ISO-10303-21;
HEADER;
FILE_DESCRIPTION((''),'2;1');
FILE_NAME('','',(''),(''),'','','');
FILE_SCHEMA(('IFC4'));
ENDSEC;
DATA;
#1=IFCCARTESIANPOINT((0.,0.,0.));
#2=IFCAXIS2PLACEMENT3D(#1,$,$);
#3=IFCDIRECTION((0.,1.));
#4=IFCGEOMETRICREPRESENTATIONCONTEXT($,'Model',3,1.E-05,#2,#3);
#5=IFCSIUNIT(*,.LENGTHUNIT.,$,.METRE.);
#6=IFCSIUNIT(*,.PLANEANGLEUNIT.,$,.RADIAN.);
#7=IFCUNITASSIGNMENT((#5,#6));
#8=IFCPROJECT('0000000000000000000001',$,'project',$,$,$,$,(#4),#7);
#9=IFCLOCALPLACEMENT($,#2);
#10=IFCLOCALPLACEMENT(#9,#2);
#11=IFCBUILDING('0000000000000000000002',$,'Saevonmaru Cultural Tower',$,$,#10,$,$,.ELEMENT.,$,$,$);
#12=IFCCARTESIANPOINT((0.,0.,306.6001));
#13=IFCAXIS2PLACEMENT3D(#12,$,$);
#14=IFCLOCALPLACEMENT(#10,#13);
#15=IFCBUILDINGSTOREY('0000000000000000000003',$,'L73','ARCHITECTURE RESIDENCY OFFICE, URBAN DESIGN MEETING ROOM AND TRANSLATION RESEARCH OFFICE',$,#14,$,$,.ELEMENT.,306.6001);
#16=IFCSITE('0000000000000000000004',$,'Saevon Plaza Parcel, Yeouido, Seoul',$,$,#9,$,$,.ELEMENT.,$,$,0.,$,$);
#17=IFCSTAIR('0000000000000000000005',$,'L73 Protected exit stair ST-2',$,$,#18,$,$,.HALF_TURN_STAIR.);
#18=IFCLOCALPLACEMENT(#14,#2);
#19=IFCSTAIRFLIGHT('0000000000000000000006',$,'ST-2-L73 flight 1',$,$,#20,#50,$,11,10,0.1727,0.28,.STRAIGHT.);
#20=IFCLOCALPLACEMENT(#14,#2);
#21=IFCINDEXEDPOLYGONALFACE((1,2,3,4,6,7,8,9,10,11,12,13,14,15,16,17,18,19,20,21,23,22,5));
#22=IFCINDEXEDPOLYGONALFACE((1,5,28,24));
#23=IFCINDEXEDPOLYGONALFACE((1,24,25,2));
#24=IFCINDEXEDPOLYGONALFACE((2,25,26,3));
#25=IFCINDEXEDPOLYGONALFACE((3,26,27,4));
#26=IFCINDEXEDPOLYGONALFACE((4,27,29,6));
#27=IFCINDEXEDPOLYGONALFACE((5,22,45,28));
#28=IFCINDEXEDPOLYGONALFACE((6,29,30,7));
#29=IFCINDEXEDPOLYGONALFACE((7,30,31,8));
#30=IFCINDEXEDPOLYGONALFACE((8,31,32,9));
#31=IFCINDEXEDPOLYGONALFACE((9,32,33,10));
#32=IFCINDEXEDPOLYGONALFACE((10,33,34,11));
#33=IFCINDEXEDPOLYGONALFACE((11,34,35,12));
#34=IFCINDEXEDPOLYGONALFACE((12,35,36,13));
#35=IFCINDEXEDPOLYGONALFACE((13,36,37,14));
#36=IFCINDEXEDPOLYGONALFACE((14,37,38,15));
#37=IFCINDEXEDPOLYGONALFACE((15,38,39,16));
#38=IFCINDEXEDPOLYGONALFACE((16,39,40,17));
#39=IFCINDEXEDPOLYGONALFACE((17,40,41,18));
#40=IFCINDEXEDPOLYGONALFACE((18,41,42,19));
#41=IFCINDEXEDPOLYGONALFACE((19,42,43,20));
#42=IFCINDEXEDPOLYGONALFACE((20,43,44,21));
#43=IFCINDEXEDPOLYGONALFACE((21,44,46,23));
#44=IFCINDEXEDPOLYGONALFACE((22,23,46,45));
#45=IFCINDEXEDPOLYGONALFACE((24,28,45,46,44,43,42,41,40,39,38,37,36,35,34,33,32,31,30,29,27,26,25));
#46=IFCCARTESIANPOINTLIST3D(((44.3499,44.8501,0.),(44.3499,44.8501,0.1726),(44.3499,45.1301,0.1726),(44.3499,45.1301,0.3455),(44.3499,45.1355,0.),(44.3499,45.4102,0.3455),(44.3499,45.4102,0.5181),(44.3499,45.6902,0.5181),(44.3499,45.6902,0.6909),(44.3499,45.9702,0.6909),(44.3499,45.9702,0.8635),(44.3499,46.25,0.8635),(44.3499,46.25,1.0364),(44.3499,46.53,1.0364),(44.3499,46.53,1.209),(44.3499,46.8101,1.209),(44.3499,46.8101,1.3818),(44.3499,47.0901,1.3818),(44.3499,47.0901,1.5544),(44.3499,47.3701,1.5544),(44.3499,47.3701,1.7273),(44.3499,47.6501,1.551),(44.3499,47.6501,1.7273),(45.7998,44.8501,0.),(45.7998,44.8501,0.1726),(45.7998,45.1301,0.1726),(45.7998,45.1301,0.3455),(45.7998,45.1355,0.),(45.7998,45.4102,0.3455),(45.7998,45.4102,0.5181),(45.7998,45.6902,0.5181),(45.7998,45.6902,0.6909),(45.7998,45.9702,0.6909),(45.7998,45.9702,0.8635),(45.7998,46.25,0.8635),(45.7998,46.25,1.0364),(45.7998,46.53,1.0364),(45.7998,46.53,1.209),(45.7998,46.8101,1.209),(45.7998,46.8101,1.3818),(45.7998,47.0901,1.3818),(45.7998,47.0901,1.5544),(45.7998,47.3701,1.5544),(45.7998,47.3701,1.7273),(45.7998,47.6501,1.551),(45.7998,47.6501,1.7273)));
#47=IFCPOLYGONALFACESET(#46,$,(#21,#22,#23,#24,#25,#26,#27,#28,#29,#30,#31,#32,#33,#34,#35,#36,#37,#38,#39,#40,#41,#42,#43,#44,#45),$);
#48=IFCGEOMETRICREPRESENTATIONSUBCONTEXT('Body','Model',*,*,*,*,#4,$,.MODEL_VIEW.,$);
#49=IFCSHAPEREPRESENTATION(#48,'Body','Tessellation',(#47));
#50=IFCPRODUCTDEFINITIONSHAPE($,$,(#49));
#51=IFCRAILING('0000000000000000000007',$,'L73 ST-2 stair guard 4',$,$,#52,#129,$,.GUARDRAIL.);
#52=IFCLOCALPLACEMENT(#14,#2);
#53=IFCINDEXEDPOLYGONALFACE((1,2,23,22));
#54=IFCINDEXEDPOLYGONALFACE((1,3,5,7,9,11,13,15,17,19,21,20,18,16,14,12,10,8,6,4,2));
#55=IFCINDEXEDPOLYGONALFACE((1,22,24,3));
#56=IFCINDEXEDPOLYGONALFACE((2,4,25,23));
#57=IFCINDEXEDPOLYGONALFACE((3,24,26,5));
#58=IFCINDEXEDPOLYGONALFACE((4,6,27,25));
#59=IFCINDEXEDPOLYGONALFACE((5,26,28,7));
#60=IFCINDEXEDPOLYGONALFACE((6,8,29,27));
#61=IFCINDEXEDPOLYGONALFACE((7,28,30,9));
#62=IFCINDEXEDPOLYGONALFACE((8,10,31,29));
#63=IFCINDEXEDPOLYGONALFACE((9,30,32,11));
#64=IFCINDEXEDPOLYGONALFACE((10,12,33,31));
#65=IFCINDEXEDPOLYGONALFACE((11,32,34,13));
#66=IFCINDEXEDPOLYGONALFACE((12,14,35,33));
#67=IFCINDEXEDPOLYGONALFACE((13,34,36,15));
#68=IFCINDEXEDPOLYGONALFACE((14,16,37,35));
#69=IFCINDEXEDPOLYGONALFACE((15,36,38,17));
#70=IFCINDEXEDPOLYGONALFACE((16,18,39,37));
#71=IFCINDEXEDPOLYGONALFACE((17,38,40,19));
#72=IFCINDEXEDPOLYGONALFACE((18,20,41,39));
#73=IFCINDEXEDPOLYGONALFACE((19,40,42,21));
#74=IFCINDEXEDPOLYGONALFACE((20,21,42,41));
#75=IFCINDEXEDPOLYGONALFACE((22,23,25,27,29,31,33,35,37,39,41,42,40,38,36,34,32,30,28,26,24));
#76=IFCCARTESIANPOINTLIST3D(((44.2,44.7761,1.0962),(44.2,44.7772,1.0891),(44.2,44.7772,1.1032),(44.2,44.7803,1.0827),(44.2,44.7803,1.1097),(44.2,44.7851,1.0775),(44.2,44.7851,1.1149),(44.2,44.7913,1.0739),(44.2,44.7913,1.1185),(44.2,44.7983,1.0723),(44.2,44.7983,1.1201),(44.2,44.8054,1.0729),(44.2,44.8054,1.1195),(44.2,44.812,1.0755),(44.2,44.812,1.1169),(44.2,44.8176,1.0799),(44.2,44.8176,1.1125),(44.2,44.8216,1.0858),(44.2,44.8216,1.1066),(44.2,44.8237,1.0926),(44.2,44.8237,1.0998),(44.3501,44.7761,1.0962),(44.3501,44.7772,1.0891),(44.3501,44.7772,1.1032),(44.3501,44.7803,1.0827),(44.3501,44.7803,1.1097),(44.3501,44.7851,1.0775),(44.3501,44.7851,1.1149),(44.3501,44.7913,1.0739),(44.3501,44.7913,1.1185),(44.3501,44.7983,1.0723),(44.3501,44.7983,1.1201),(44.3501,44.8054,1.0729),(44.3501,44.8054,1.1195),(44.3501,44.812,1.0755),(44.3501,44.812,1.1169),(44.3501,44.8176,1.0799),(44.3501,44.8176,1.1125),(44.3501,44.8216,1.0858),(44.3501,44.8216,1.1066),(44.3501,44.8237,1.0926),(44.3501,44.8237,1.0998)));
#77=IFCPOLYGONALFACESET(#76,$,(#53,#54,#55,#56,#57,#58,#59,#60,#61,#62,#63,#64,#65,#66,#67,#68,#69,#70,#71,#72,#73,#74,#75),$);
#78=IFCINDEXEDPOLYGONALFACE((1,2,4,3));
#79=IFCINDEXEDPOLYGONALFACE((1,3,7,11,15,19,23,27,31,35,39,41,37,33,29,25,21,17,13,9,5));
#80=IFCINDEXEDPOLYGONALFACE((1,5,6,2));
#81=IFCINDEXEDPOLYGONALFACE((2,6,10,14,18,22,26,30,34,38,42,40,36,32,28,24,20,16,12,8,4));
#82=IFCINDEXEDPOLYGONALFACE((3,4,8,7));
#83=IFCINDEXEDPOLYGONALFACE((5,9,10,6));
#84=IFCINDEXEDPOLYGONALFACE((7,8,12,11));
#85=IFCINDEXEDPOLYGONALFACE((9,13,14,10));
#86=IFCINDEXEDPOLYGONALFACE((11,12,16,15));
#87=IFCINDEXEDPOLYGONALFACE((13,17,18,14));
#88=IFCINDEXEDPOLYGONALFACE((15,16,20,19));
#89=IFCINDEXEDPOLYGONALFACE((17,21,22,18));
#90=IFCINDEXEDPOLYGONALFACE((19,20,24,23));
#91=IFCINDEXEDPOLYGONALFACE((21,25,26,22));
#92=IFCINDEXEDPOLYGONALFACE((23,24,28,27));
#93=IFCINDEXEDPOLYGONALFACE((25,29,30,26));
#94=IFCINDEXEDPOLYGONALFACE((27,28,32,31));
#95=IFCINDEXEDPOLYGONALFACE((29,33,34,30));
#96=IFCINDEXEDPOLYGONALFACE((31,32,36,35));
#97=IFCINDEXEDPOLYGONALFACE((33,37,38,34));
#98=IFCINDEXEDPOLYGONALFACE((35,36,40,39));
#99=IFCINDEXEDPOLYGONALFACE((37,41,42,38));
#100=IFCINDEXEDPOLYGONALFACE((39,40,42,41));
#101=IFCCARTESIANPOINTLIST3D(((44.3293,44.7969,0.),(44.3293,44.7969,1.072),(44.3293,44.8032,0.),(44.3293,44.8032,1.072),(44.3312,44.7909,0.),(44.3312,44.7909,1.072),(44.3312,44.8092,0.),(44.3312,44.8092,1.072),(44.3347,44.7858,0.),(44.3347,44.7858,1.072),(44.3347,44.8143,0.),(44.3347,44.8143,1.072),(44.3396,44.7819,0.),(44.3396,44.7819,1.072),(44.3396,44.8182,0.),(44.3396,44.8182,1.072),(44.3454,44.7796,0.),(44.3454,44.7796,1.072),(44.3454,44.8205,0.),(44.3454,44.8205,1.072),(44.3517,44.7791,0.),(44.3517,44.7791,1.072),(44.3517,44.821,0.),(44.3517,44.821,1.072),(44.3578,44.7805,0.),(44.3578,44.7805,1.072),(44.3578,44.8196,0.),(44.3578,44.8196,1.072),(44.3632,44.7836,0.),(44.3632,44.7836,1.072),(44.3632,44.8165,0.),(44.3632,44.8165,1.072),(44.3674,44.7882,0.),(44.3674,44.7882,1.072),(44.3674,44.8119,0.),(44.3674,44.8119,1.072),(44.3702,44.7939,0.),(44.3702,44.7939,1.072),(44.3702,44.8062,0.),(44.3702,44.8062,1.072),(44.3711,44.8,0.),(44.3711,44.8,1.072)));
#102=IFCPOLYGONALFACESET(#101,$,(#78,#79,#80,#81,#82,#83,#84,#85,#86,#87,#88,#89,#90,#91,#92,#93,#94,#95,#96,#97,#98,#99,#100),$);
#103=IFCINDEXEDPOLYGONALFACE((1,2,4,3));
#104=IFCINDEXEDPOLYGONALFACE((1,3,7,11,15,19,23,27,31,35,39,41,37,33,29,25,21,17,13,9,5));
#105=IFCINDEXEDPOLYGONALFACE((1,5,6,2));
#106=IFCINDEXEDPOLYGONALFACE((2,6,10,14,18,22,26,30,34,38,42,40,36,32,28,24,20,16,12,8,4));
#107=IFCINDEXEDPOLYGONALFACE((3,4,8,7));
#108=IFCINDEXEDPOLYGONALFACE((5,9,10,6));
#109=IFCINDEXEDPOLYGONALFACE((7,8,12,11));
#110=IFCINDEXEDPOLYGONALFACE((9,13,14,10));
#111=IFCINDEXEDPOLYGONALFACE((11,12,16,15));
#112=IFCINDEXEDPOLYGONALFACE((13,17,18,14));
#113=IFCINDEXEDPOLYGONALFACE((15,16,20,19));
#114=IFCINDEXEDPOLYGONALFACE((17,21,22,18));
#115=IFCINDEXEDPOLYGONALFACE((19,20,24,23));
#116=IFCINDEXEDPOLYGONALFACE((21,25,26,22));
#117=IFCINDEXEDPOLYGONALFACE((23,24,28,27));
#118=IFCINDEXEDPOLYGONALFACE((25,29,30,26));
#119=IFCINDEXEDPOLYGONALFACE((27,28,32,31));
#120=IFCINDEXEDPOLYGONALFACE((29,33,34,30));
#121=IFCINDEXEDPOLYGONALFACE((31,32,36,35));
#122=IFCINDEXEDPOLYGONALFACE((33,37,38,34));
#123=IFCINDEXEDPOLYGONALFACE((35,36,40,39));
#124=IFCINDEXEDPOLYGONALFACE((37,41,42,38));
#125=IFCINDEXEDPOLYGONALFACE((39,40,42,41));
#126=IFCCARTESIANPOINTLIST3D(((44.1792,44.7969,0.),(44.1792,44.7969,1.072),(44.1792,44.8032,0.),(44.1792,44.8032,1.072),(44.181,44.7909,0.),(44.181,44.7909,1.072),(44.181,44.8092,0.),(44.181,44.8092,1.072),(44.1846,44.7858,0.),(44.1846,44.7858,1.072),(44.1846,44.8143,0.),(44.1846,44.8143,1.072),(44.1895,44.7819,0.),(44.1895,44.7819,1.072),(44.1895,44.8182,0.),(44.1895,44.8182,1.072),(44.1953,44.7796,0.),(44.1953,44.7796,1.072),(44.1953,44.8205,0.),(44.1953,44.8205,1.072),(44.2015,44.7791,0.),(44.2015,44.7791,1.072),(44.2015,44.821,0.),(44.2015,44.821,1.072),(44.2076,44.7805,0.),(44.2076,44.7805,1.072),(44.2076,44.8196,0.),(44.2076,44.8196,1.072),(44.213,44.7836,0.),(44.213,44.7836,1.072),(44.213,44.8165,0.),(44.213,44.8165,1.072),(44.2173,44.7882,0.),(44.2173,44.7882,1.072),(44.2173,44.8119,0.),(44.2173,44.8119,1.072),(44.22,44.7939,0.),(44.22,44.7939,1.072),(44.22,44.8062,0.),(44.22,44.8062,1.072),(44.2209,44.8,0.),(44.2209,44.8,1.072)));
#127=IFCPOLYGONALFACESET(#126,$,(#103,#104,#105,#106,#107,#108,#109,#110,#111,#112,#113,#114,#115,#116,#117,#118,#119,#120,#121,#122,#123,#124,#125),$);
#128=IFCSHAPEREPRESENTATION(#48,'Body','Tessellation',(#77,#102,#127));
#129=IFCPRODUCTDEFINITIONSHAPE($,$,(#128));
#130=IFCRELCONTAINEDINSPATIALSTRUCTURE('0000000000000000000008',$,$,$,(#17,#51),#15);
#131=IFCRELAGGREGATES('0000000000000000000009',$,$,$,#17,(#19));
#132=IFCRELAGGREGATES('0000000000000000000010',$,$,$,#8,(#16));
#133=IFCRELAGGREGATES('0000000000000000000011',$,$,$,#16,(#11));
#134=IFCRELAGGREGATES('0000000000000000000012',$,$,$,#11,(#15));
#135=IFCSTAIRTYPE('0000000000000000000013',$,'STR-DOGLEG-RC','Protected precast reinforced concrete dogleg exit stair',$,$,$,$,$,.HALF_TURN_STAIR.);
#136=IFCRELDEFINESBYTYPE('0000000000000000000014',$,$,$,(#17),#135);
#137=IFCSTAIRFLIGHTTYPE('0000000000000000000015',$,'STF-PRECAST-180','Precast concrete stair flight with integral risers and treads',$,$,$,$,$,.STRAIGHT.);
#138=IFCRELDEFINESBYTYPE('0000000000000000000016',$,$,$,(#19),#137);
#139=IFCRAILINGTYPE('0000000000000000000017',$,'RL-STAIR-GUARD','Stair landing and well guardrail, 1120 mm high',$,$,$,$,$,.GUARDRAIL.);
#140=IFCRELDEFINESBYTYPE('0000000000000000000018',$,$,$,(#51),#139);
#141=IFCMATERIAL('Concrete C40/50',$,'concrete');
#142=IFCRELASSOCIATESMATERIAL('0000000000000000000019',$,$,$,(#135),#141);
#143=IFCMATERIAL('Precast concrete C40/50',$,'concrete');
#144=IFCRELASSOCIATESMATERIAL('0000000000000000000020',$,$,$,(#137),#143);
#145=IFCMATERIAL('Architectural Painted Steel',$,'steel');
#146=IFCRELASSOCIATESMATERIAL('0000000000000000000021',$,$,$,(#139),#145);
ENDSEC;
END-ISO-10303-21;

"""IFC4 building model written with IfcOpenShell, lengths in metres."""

from ifc_helpers import new_model, si_unit, direction, frame, origin, origin_2d, place, context, subcontext, project, spatial, polyline, circle, outline, extrude, material, type_object, element, aggregate, save


model = new_model("IFC4")

# Units and contexts
model_context = context("Model", 3, precision=1e-05, world=origin(), true_north=direction((0.0, 1.0)))
body_context = subcontext(model_context, "Body", "Model", "MODEL_VIEW")
ifc_project = project(units=[si_unit("LENGTHUNIT", "METRE"), si_unit("PLANEANGLEUNIT", "RADIAN")], contexts=[model_context])

# Site, building, storey
site_placement = place(None, origin())
site = spatial("IfcSite", under=ifc_project, at=site_placement, Name="Saevon Plaza Parcel, Yeouido, Seoul", CompositionType="ELEMENT", RefElevation=0.0)
building_placement = place(site_placement, origin())
building = spatial("IfcBuilding", under=site, at=building_placement, Name="Saevonmaru Cultural Tower", CompositionType="ELEMENT")
storey_placement = place(building_placement, frame((0.0, 0.0, 306.6001)))
storey = spatial("IfcBuildingStorey", under=building, at=storey_placement, Name="L73", Description="ARCHITECTURE RESIDENCY OFFICE, URBAN DESIGN MEETING ROOM AND TRANSLATION RESEARCH OFFICE", CompositionType="ELEMENT", Elevation=306.6001)

# Stair, stair flight
ifc_material_1 = material(Name="Concrete C40/50", Category="concrete")
stair_type = type_object("IfcStairType", Name="STR-DOGLEG-RC", Description="Protected precast reinforced concrete dogleg exit stair", PredefinedType="HALF_TURN_STAIR", material=ifc_material_1)
stair_placement = place(storey_placement, origin())
stair = element("IfcStair", 1, at=stair_placement, inside=storey, type_object=stair_type, Name="L73 Protected exit stair ST-2", PredefinedType="HALF_TURN_STAIR")
ifc_material_2 = material(Name="Precast concrete C40/50", Category="concrete")
stair_flight_type = type_object("IfcStairFlightType", Name="STF-PRECAST-180", Description="Precast concrete stair flight with integral risers and treads", PredefinedType="STRAIGHT", material=ifc_material_2)
stair_flight_placement = place(storey_placement, frame((45.075, 44.8501, 0.0), z_axis=(0.0, 0.0, 1.0), x_axis=(0.0, 1.0, 0.0)))
stair_flight = element("IfcStairFlight", 2, at=stair_flight_placement, type_object=stair_flight_type, Name="ST-2-L73 flight 1", NumberOfRisers=11, NumberOfTreads=10, PredefinedType="STRAIGHT", RiserHeight=0.1727, TreadLength=0.28, context=body_context, shape_type="SweptSolid", body=[
    extrude(outline(polyline([(0.0, 0.0), (0.0, 0.1726), (0.28, 0.1726), (0.28, 0.3455), (0.5601, 0.3455), (0.5601, 0.5181), (0.8401, 0.5181), (0.8401, 0.6909), (1.1201, 0.6909), (1.1201, 0.8635), (1.3999, 0.8635), (1.3999, 1.0364), (1.6799, 1.0364), (1.6799, 1.209), (1.96, 1.209), (1.96, 1.3818), (2.24, 1.3818), (2.24, 1.5544), (2.52, 1.5544), (2.52, 1.7273), (2.8, 1.7273), (2.8, 1.8999), (2.8, 1.551), (0.2854, 0.0), (0.0, 0.0)])), frame((0.0, 0.7251, 0.0), z_axis=(0.0, -1.0, 0.0), x_axis=(1.0, 0.0, 0.0)), (0.0, 0.0, 1.0), 1.45),
])
aggregate(stair, [stair_flight])

# Railing
ifc_material_3 = material(Name="Architectural Painted Steel", Category="steel")
railing_type = type_object("IfcRailingType", Name="RL-STAIR-GUARD", Description="Stair landing and well guardrail, 1120 mm high", PredefinedType="GUARDRAIL", material=ifc_material_3)
railing_placement = place(storey_placement, frame((44.3501, 44.8, 0.0)))
element("IfcRailing", 3, at=railing_placement, inside=storey, type_object=railing_type, Name="L73 ST-2 stair guard 4", PredefinedType="GUARDRAIL", context=body_context, shape_type="SweptSolid", body=[
    extrude(circle(Radius=0.0239, at=origin_2d()), frame((0.0, 0.0, 1.0962), z_axis=(-1.0, 0.0, 0.0), x_axis=(0.0, -1.0, 0.0)), (0.0, 0.0, 1.0), 0.1501),
    extrude(circle(Radius=0.021, at=origin_2d()), origin(), (0.0, 0.0, 1.0), 1.072),
    extrude(circle(Radius=0.021, at=origin_2d()), frame((-0.1501, 0.0, 0.0)), (0.0, 0.0, 1.0), 1.072),
])

save(model, "model.ifc")
